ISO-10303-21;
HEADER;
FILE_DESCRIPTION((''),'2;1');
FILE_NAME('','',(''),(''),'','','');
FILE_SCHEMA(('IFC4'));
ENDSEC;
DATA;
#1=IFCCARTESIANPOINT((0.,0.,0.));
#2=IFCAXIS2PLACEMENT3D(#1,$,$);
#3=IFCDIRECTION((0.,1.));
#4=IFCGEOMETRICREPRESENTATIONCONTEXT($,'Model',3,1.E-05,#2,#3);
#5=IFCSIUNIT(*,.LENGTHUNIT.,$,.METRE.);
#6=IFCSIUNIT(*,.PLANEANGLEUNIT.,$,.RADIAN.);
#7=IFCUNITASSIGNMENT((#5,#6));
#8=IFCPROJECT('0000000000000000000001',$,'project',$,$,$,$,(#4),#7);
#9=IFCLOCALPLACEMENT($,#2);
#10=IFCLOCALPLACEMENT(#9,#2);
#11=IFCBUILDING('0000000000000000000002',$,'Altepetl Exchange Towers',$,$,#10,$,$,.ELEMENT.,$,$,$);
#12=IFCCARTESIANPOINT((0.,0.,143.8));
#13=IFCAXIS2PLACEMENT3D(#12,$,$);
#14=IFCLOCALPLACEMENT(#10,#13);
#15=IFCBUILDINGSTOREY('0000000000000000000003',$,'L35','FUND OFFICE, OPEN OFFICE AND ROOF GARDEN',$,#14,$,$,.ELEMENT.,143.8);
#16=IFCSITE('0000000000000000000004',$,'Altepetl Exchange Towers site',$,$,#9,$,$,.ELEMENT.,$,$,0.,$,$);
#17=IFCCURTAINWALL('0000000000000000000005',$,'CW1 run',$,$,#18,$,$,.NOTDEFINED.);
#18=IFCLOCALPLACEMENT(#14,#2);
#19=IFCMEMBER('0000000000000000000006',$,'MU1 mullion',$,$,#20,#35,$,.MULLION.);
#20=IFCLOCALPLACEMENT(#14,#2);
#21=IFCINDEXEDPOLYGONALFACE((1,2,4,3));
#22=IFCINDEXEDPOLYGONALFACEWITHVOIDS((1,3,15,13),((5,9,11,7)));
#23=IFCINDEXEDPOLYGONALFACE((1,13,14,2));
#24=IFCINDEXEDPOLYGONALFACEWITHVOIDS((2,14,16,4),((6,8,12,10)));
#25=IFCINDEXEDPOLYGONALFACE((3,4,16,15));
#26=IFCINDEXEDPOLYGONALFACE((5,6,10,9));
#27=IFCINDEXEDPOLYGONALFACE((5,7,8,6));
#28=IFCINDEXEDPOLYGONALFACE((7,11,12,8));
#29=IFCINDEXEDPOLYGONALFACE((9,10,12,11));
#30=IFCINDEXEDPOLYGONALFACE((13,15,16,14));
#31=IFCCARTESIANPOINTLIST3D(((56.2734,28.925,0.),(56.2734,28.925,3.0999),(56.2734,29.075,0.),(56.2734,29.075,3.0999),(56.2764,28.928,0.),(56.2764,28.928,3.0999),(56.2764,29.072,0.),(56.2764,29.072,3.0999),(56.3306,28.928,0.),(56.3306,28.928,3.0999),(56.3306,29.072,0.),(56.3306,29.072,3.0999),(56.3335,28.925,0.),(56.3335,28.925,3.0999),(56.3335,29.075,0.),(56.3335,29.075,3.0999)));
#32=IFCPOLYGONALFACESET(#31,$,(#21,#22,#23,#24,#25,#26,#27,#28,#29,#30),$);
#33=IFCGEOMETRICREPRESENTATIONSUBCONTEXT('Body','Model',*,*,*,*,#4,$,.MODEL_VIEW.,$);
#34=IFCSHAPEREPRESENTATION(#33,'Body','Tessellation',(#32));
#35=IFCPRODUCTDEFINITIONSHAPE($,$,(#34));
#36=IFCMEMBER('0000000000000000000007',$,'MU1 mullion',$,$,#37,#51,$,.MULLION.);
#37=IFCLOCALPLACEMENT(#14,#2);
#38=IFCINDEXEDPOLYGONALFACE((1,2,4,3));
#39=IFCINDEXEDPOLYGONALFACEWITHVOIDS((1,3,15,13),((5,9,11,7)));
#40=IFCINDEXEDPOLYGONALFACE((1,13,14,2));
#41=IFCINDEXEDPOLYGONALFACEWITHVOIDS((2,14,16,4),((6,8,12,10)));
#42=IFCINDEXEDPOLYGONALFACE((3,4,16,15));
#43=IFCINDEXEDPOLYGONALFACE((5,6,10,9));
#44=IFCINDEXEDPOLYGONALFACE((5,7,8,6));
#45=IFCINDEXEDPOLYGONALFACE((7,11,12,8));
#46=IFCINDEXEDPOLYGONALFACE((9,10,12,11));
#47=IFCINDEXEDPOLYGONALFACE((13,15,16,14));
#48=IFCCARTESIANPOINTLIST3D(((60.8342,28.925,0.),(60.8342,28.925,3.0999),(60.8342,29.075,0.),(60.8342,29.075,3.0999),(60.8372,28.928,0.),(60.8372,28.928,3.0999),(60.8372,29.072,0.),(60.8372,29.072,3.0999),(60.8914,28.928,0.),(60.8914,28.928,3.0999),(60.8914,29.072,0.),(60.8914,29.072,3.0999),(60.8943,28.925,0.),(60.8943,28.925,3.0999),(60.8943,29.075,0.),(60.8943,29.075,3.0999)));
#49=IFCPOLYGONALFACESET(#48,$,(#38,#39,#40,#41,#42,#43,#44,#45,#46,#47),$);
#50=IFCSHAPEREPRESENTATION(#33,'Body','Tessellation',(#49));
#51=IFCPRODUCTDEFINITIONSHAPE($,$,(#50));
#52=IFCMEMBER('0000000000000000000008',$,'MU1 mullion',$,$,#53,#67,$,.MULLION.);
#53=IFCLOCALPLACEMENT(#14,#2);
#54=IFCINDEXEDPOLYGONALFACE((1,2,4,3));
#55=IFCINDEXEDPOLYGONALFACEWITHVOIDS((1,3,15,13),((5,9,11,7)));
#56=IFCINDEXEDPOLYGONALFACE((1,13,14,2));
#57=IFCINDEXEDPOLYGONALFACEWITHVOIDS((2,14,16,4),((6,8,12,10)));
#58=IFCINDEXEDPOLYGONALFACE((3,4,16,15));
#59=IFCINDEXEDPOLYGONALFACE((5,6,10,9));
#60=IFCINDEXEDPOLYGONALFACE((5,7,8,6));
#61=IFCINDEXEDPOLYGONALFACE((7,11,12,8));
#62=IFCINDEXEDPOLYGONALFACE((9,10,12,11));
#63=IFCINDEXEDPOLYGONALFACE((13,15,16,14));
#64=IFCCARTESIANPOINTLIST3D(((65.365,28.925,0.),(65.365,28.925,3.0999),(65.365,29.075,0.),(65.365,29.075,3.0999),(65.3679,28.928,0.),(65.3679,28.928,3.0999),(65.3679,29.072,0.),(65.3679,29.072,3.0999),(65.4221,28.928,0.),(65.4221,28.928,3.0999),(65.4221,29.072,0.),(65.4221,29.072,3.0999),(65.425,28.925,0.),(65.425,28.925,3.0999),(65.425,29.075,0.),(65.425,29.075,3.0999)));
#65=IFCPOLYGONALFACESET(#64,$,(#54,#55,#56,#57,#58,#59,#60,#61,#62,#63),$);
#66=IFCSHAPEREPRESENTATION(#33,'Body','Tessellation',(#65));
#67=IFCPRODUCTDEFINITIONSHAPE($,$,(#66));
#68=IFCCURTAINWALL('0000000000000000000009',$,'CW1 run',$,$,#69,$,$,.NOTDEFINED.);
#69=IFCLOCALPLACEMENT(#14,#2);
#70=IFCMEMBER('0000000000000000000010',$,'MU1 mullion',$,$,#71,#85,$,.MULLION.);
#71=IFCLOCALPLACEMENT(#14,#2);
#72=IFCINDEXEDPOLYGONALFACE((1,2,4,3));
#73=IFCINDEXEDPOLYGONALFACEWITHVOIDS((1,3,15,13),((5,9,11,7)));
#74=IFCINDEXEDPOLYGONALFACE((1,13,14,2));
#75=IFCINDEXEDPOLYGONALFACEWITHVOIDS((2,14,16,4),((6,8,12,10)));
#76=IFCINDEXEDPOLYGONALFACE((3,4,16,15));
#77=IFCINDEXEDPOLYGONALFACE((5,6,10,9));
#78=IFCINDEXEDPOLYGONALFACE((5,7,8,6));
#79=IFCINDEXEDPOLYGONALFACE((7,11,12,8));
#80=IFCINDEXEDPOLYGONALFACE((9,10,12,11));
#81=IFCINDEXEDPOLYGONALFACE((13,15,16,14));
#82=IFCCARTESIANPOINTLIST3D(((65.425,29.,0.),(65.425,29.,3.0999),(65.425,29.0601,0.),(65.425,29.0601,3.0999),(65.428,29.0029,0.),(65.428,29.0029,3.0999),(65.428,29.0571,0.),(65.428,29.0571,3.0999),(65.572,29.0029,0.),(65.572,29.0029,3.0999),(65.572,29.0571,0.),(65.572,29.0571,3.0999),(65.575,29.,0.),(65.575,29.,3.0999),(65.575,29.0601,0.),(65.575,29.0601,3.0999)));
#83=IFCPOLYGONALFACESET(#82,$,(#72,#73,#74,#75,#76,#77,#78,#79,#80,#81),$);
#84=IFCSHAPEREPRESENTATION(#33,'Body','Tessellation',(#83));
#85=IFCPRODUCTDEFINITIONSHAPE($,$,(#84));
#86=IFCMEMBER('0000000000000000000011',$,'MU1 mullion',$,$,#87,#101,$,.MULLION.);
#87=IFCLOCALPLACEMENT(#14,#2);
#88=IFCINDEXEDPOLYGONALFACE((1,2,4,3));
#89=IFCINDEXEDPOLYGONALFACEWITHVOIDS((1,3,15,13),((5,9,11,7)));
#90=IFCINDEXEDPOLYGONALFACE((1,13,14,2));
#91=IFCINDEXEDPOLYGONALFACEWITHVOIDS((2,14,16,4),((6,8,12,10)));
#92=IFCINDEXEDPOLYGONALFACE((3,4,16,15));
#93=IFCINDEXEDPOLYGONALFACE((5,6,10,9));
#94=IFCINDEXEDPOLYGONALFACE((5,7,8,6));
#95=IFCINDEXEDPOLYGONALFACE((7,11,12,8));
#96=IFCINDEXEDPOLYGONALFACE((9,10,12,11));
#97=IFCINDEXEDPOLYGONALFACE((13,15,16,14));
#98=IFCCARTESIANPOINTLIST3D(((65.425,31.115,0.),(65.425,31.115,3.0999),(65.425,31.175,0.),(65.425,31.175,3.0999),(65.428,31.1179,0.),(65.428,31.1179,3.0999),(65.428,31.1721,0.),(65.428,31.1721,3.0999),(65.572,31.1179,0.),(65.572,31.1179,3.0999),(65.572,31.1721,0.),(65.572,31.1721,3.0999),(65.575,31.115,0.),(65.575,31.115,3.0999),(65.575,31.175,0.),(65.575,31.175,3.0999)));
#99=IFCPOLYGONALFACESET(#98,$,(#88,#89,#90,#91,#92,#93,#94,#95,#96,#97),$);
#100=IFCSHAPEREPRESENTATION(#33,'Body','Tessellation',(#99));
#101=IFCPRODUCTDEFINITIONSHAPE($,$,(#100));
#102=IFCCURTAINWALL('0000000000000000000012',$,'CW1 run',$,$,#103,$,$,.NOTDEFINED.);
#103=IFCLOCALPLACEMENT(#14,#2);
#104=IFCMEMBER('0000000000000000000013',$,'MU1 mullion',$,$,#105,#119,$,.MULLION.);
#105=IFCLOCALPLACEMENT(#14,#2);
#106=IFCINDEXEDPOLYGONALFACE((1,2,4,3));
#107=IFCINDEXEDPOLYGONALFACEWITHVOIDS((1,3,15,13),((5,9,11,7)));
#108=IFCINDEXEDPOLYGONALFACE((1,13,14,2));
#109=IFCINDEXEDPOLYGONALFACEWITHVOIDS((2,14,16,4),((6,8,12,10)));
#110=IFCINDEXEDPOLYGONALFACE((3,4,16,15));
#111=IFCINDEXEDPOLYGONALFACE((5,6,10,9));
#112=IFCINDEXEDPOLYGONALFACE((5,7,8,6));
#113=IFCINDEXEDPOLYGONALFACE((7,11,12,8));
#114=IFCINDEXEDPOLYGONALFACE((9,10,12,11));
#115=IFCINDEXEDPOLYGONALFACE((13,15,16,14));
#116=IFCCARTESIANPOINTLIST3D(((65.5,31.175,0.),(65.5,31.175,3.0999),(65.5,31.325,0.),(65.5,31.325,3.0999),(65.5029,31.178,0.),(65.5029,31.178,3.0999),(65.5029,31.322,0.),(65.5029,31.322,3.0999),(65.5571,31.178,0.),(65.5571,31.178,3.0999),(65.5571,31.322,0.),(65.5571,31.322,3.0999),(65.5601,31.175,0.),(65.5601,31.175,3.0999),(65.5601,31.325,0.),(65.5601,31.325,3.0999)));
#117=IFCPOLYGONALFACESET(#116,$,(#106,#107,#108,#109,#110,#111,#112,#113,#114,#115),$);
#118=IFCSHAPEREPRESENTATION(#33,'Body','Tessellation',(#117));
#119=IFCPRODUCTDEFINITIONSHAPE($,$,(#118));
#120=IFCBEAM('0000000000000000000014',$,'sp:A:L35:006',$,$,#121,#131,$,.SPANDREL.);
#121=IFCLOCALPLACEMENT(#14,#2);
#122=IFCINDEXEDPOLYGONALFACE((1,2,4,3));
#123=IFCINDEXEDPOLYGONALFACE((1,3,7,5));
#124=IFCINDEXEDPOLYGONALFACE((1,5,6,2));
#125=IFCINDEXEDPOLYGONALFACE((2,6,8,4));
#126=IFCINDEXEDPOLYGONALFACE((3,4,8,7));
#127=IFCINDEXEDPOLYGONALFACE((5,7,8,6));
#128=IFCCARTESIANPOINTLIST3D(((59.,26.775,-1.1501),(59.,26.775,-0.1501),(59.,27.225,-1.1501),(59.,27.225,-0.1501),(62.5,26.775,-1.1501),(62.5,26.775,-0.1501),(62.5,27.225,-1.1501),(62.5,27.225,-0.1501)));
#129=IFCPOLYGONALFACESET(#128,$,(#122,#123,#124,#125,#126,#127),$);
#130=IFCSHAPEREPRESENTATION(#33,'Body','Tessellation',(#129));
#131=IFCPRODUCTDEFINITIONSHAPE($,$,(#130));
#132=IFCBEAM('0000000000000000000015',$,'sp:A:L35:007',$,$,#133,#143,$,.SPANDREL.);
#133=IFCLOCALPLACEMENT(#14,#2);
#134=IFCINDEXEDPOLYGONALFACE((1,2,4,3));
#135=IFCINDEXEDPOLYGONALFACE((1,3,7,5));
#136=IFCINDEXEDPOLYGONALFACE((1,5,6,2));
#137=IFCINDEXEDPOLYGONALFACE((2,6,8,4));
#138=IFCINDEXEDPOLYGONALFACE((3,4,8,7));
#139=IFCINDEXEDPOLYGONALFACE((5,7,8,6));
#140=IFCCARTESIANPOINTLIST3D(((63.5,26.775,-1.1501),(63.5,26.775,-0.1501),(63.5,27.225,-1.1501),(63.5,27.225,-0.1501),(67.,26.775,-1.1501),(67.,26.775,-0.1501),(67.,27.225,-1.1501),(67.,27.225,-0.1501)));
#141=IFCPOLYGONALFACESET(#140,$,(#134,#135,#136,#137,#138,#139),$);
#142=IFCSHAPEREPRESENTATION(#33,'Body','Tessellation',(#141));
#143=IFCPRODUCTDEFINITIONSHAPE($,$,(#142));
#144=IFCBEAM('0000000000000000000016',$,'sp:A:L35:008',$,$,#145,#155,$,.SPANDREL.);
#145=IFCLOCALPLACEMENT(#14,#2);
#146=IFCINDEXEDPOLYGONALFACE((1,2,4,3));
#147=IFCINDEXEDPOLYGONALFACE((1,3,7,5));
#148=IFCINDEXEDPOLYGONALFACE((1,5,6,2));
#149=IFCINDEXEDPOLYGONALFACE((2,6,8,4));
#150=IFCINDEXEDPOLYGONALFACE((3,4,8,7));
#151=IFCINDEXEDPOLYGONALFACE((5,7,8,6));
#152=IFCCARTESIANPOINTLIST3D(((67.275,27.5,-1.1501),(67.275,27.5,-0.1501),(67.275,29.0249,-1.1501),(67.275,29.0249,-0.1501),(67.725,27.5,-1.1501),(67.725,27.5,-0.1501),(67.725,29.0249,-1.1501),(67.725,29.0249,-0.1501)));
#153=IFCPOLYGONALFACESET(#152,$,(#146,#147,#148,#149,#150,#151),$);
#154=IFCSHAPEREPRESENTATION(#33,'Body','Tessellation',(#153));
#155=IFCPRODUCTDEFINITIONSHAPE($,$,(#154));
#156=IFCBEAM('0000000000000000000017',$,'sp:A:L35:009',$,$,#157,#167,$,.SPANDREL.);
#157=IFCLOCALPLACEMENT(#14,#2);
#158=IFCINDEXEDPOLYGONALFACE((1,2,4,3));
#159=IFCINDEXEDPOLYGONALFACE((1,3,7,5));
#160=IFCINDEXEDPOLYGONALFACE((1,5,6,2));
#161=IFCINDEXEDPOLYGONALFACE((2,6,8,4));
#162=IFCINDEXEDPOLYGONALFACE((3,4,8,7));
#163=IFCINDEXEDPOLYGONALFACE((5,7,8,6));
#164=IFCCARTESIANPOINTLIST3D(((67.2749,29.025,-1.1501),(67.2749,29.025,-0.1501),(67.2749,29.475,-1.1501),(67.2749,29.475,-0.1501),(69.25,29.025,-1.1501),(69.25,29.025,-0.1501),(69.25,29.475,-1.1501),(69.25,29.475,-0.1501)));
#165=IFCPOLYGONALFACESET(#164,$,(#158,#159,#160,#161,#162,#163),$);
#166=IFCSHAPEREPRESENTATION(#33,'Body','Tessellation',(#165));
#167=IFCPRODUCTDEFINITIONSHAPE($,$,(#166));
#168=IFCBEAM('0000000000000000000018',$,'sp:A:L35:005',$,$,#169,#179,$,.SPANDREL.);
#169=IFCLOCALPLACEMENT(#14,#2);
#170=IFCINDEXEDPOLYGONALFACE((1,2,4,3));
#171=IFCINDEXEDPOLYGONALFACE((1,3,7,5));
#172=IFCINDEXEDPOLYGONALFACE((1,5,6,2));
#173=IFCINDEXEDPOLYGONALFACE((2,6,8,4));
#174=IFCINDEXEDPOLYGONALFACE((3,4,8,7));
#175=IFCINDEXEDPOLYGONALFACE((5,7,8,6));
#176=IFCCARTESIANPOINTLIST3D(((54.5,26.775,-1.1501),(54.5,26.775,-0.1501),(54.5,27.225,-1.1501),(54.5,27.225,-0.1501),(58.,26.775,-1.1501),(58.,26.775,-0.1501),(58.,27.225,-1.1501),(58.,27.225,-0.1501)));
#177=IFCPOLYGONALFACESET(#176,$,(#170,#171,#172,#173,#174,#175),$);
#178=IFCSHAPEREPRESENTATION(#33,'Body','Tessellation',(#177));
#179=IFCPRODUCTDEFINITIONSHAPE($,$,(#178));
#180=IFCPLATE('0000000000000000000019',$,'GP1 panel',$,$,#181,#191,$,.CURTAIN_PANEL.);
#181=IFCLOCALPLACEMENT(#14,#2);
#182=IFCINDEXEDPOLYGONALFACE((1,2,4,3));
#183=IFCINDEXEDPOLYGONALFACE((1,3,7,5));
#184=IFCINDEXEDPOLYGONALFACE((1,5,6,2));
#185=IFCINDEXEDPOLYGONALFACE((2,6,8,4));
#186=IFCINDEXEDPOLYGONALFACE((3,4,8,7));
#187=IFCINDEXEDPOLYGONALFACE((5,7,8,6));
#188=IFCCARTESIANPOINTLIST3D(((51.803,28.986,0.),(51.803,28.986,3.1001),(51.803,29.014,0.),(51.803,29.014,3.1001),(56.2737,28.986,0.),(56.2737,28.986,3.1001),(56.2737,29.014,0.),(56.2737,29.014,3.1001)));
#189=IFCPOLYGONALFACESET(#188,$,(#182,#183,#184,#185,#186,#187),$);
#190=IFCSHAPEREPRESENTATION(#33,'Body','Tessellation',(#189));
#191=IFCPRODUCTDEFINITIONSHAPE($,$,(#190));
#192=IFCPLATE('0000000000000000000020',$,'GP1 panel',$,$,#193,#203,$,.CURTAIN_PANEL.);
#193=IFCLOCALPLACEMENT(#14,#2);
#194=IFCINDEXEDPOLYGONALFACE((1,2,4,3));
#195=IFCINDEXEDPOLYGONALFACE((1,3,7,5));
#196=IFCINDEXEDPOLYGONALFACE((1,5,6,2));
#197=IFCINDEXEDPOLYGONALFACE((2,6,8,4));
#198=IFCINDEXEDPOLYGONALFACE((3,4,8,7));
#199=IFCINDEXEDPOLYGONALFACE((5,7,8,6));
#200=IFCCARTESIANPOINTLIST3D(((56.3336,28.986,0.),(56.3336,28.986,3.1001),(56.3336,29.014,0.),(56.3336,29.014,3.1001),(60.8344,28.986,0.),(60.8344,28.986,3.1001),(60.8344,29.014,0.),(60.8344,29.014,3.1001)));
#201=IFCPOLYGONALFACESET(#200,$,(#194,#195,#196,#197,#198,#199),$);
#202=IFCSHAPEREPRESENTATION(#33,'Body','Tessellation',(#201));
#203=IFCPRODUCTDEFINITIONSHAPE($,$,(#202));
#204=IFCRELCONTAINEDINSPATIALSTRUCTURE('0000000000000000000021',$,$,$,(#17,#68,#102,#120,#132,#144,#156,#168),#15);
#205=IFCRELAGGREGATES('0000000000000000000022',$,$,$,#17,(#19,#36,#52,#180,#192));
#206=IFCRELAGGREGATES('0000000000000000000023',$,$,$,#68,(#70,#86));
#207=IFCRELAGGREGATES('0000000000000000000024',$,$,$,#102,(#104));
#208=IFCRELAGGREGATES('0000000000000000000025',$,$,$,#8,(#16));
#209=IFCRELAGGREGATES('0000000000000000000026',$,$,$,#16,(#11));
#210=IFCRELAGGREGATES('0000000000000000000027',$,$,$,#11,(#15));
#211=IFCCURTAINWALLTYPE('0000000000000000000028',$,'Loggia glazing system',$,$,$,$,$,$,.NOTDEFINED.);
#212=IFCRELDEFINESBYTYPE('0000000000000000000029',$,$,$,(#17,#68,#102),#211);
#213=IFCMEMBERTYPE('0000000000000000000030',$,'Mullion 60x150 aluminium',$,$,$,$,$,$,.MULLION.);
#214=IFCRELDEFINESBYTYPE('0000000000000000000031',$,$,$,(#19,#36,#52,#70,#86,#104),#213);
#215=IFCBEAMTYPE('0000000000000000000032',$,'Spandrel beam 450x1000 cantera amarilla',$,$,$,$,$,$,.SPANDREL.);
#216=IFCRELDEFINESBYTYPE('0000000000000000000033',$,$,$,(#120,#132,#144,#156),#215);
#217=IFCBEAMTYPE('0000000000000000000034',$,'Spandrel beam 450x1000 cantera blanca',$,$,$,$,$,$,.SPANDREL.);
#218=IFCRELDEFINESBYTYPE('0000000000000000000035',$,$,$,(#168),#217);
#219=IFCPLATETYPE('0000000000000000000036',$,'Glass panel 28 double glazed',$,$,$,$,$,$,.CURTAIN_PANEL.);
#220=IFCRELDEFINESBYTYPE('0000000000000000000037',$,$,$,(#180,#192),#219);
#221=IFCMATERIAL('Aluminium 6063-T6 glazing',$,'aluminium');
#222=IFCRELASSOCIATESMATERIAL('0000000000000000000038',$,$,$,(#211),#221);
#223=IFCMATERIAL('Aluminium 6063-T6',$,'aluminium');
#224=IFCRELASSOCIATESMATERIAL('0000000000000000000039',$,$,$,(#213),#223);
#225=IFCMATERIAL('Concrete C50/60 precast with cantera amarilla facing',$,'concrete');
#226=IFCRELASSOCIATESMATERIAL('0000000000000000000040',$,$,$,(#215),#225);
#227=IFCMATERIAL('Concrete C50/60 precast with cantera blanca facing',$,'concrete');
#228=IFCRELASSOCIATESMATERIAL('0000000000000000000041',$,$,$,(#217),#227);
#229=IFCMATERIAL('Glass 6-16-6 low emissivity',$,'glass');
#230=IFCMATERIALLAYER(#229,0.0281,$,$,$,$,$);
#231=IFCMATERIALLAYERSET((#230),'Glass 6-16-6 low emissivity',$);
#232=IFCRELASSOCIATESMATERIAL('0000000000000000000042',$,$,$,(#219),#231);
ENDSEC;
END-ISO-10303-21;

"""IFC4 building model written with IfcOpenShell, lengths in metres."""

from ifc_helpers import new_model, si_unit, direction, frame, origin, origin_2d, place, context, subcontext, project, spatial, rectangle, hollow_rectangle, extrude, material, layer, layer_set, material_profile, profile_set, type_object, element, aggregate, save


model = new_model("IFC4")

# Units and contexts
model_context = context("Model", 3, precision=1e-05, world=origin(), true_north=direction((0.0, 1.0)))
body_context = subcontext(model_context, "Body", "Model", "MODEL_VIEW")
ifc_project = project(units=[si_unit("LENGTHUNIT", "METRE"), si_unit("PLANEANGLEUNIT", "RADIAN")], contexts=[model_context])

# Site, building, storey
site_placement = place(None, origin())
site = spatial("IfcSite", under=ifc_project, at=site_placement, Name="Altepetl Exchange Towers site", CompositionType="ELEMENT", RefElevation=0.0)
building_placement = place(site_placement, origin())
building = spatial("IfcBuilding", under=site, at=building_placement, Name="Altepetl Exchange Towers", CompositionType="ELEMENT")
storey_placement = place(building_placement, frame((0.0, 0.0, 143.8)))
storey = spatial("IfcBuildingStorey", under=building, at=storey_placement, Name="L35", Description="FUND OFFICE, OPEN OFFICE AND ROOF GARDEN", CompositionType="ELEMENT", Elevation=143.8)

# Curtain walls, members
ifc_material_1 = material(Name="Aluminium 6063-T6 glazing", Category="aluminium")
curtain_wall_type = type_object("IfcCurtainWallType", Name="Loggia glazing system", PredefinedType="NOTDEFINED", material=ifc_material_1)
curtain_wall_1_placement = place(storey_placement, origin())
curtain_wall_1 = element("IfcCurtainWall", 1, at=curtain_wall_1_placement, inside=storey, type_object=curtain_wall_type, Name="CW1 run", PredefinedType="NOTDEFINED")
ifc_material_2 = material(Name="Aluminium 6063-T6", Category="aluminium")
ifc_material_profile_1 = material_profile(ifc_material_2, hollow_rectangle(XDim=0.0601, YDim=0.1499, WallThickness=0.0029, at=origin_2d()), Name="Mullion 60x150 aluminium")
ifc_profile_set_1 = profile_set([ifc_material_profile_1], Name="Aluminium 6063-T6")
member_type = type_object("IfcMemberType", Name="Mullion 60x150 aluminium", PredefinedType="MULLION", material=ifc_profile_set_1)
member_1_placement = place(storey_placement, frame((56.3035, 29.0, 0.0)))
member_1 = element("IfcMember", 2, at=member_1_placement, type_object=member_type, Name="MU1 mullion", PredefinedType="MULLION", context=body_context, shape_type="SweptSolid", body=[
    extrude(hollow_rectangle(XDim=0.0601, YDim=0.1499, WallThickness=0.0029, at=origin_2d()), origin(), (0.0, 0.0, 1.0), 3.0999),
])
member_2_placement = place(storey_placement, frame((60.8643, 29.0, 0.0)))
member_2 = element("IfcMember", 3, at=member_2_placement, type_object=member_type, Name="MU1 mullion", PredefinedType="MULLION", context=body_context, shape_type="SweptSolid", body=[
    extrude(hollow_rectangle(XDim=0.0601, YDim=0.1499, WallThickness=0.0029, at=origin_2d()), origin(), (0.0, 0.0, 1.0), 3.0999),
])
member_3_placement = place(storey_placement, frame((65.395, 29.0, 0.0)))
member_3 = element("IfcMember", 4, at=member_3_placement, type_object=member_type, Name="MU1 mullion", PredefinedType="MULLION", context=body_context, shape_type="SweptSolid", body=[
    extrude(hollow_rectangle(XDim=0.0601, YDim=0.1499, WallThickness=0.0029, at=origin_2d()), origin(), (0.0, 0.0, 1.0), 3.0999),
])
curtain_wall_2_placement = place(storey_placement, origin())
curtain_wall_2 = element("IfcCurtainWall", 5, at=curtain_wall_2_placement, inside=storey, type_object=curtain_wall_type, Name="CW1 run", PredefinedType="NOTDEFINED")
member_4_placement = place(storey_placement, frame((65.5, 29.03, 0.0), z_axis=(0.0, 0.0, 1.0), x_axis=(0.0, 1.0, 0.0)))
member_4 = element("IfcMember", 6, at=member_4_placement, type_object=member_type, Name="MU1 mullion", PredefinedType="MULLION", context=body_context, shape_type="SweptSolid", body=[
    extrude(hollow_rectangle(XDim=0.0601, YDim=0.1499, WallThickness=0.0029, at=origin_2d()), origin(), (0.0, 0.0, 1.0), 3.0999),
])
member_5_placement = place(storey_placement, frame((65.5, 31.145, 0.0), z_axis=(0.0, 0.0, 1.0), x_axis=(0.0, 1.0, 0.0)))
member_5 = element("IfcMember", 7, at=member_5_placement, type_object=member_type, Name="MU1 mullion", PredefinedType="MULLION", context=body_context, shape_type="SweptSolid", body=[
    extrude(hollow_rectangle(XDim=0.0601, YDim=0.1499, WallThickness=0.0029, at=origin_2d()), origin(), (0.0, 0.0, 1.0), 3.0999),
])

# Curtain wall, member
curtain_wall_3_placement = place(storey_placement, origin())
curtain_wall_3 = element("IfcCurtainWall", 8, at=curtain_wall_3_placement, inside=storey, type_object=curtain_wall_type, Name="CW1 run", PredefinedType="NOTDEFINED")
member_6_placement = place(storey_placement, frame((65.53, 31.25, 0.0)))
member_6 = element("IfcMember", 9, at=member_6_placement, type_object=member_type, Name="MU1 mullion", PredefinedType="MULLION", context=body_context, shape_type="SweptSolid", body=[
    extrude(hollow_rectangle(XDim=0.0601, YDim=0.1499, WallThickness=0.0029, at=origin_2d()), origin(), (0.0, 0.0, 1.0), 3.0999),
])

# Beams
ifc_material_3 = material(Name="Concrete C50/60 precast with cantera amarilla facing", Category="concrete")
ifc_material_profile_2 = material_profile(ifc_material_3, rectangle(XDim=0.45, YDim=1.0, at=origin_2d()), Name="450 x 1000")
ifc_profile_set_2 = profile_set([ifc_material_profile_2], Name="Concrete C50/60 precast with cantera amarilla facing")
beam_type_1 = type_object("IfcBeamType", Name="Spandrel beam 450x1000 cantera amarilla", PredefinedType="SPANDREL", material=ifc_profile_set_2)
for number, where, z_axis, x_axis, name in (
    (10, (59.0, 27.0, -0.6501), (1.0, 0.0, 0.0), (0.0, 1.0, 0.0), "sp:A:L35:006"),
    (11, (63.5, 27.0, -0.6501), (1.0, 0.0, 0.0), (0.0, 1.0, 0.0), "sp:A:L35:007"),
):
    element("IfcBeam", number, at=place(storey_placement, frame(where, z_axis=z_axis, x_axis=x_axis)), inside=storey, type_object=beam_type_1, Name=name, PredefinedType="SPANDREL", context=body_context, shape_type="SweptSolid", body=[
        extrude(rectangle(XDim=0.45, YDim=1.0, at=origin_2d()), origin(), (0.0, 0.0, 1.0), 3.5),
    ])
beam_1_placement = place(storey_placement, frame((67.5, 27.5, -0.6501), z_axis=(0.0, 1.0, 0.0), x_axis=(-1.0, 0.0, 0.0)))
element("IfcBeam", 12, at=beam_1_placement, inside=storey, type_object=beam_type_1, Name="sp:A:L35:008", PredefinedType="SPANDREL", context=body_context, shape_type="SweptSolid", body=[
    extrude(rectangle(XDim=0.45, YDim=1.0, at=origin_2d()), origin(), (0.0, 0.0, 1.0), 1.5249),
])
beam_2_placement = place(storey_placement, frame((67.2749, 29.25, -0.6501), z_axis=(1.0, 0.0, 0.0), x_axis=(0.0, 1.0, 0.0)))
element("IfcBeam", 13, at=beam_2_placement, inside=storey, type_object=beam_type_1, Name="sp:A:L35:009", PredefinedType="SPANDREL", context=body_context, shape_type="SweptSolid", body=[
    extrude(rectangle(XDim=0.45, YDim=1.0, at=origin_2d()), origin(), (0.0, 0.0, 1.0), 1.9751),
])
ifc_material_4 = material(Name="Concrete C50/60 precast with cantera blanca facing", Category="concrete")
ifc_material_profile_3 = material_profile(ifc_material_4, rectangle(XDim=0.45, YDim=1.0, at=origin_2d()), Name="450 x 1000")
ifc_profile_set_3 = profile_set([ifc_material_profile_3], Name="Concrete C50/60 precast with cantera blanca facing")
beam_type_2 = type_object("IfcBeamType", Name="Spandrel beam 450x1000 cantera blanca", PredefinedType="SPANDREL", material=ifc_profile_set_3)
beam_3_placement = place(storey_placement, frame((54.5, 27.0, -0.6501), z_axis=(1.0, 0.0, 0.0), x_axis=(0.0, 1.0, 0.0)))
element("IfcBeam", 14, at=beam_3_placement, inside=storey, type_object=beam_type_2, Name="sp:A:L35:005", PredefinedType="SPANDREL", context=body_context, shape_type="SweptSolid", body=[
    extrude(rectangle(XDim=0.45, YDim=1.0, at=origin_2d()), origin(), (0.0, 0.0, 1.0), 3.5),
])

# Plates
ifc_material_5 = material(Name="Glass 6-16-6 low emissivity", Category="glass")
ifc_layer_1 = layer(ifc_material_5, 0.0281)
ifc_layer_set_1 = layer_set([ifc_layer_1], Name="Glass 6-16-6 low emissivity")
plate_type = type_object("IfcPlateType", Name="Glass panel 28 double glazed", PredefinedType="CURTAIN_PANEL", material=ifc_layer_set_1)
plate_1_placement = place(storey_placement, frame((54.0383, 29.0, 0.0)))
plate_1 = element("IfcPlate", 15, at=plate_1_placement, type_object=plate_type, Name="GP1 panel", PredefinedType="CURTAIN_PANEL", context=body_context, shape_type="SweptSolid", body=[
    extrude(rectangle(XDim=4.4707, YDim=0.0281, at=origin_2d()), origin(), (0.0, 0.0, 1.0), 3.1001),
])
plate_2_placement = place(storey_placement, frame((58.584, 29.0, 0.0)))
plate_2 = element("IfcPlate", 16, at=plate_2_placement, type_object=plate_type, Name="GP1 panel", PredefinedType="CURTAIN_PANEL", context=body_context, shape_type="SweptSolid", body=[
    extrude(rectangle(XDim=4.5007, YDim=0.0281, at=origin_2d()), origin(), (0.0, 0.0, 1.0), 3.1001),
])
aggregate(curtain_wall_1, [member_1, member_2, member_3, plate_1, plate_2])
aggregate(curtain_wall_2, [member_4, member_5])
aggregate(curtain_wall_3, [member_6])

save(model, "model.ifc")
